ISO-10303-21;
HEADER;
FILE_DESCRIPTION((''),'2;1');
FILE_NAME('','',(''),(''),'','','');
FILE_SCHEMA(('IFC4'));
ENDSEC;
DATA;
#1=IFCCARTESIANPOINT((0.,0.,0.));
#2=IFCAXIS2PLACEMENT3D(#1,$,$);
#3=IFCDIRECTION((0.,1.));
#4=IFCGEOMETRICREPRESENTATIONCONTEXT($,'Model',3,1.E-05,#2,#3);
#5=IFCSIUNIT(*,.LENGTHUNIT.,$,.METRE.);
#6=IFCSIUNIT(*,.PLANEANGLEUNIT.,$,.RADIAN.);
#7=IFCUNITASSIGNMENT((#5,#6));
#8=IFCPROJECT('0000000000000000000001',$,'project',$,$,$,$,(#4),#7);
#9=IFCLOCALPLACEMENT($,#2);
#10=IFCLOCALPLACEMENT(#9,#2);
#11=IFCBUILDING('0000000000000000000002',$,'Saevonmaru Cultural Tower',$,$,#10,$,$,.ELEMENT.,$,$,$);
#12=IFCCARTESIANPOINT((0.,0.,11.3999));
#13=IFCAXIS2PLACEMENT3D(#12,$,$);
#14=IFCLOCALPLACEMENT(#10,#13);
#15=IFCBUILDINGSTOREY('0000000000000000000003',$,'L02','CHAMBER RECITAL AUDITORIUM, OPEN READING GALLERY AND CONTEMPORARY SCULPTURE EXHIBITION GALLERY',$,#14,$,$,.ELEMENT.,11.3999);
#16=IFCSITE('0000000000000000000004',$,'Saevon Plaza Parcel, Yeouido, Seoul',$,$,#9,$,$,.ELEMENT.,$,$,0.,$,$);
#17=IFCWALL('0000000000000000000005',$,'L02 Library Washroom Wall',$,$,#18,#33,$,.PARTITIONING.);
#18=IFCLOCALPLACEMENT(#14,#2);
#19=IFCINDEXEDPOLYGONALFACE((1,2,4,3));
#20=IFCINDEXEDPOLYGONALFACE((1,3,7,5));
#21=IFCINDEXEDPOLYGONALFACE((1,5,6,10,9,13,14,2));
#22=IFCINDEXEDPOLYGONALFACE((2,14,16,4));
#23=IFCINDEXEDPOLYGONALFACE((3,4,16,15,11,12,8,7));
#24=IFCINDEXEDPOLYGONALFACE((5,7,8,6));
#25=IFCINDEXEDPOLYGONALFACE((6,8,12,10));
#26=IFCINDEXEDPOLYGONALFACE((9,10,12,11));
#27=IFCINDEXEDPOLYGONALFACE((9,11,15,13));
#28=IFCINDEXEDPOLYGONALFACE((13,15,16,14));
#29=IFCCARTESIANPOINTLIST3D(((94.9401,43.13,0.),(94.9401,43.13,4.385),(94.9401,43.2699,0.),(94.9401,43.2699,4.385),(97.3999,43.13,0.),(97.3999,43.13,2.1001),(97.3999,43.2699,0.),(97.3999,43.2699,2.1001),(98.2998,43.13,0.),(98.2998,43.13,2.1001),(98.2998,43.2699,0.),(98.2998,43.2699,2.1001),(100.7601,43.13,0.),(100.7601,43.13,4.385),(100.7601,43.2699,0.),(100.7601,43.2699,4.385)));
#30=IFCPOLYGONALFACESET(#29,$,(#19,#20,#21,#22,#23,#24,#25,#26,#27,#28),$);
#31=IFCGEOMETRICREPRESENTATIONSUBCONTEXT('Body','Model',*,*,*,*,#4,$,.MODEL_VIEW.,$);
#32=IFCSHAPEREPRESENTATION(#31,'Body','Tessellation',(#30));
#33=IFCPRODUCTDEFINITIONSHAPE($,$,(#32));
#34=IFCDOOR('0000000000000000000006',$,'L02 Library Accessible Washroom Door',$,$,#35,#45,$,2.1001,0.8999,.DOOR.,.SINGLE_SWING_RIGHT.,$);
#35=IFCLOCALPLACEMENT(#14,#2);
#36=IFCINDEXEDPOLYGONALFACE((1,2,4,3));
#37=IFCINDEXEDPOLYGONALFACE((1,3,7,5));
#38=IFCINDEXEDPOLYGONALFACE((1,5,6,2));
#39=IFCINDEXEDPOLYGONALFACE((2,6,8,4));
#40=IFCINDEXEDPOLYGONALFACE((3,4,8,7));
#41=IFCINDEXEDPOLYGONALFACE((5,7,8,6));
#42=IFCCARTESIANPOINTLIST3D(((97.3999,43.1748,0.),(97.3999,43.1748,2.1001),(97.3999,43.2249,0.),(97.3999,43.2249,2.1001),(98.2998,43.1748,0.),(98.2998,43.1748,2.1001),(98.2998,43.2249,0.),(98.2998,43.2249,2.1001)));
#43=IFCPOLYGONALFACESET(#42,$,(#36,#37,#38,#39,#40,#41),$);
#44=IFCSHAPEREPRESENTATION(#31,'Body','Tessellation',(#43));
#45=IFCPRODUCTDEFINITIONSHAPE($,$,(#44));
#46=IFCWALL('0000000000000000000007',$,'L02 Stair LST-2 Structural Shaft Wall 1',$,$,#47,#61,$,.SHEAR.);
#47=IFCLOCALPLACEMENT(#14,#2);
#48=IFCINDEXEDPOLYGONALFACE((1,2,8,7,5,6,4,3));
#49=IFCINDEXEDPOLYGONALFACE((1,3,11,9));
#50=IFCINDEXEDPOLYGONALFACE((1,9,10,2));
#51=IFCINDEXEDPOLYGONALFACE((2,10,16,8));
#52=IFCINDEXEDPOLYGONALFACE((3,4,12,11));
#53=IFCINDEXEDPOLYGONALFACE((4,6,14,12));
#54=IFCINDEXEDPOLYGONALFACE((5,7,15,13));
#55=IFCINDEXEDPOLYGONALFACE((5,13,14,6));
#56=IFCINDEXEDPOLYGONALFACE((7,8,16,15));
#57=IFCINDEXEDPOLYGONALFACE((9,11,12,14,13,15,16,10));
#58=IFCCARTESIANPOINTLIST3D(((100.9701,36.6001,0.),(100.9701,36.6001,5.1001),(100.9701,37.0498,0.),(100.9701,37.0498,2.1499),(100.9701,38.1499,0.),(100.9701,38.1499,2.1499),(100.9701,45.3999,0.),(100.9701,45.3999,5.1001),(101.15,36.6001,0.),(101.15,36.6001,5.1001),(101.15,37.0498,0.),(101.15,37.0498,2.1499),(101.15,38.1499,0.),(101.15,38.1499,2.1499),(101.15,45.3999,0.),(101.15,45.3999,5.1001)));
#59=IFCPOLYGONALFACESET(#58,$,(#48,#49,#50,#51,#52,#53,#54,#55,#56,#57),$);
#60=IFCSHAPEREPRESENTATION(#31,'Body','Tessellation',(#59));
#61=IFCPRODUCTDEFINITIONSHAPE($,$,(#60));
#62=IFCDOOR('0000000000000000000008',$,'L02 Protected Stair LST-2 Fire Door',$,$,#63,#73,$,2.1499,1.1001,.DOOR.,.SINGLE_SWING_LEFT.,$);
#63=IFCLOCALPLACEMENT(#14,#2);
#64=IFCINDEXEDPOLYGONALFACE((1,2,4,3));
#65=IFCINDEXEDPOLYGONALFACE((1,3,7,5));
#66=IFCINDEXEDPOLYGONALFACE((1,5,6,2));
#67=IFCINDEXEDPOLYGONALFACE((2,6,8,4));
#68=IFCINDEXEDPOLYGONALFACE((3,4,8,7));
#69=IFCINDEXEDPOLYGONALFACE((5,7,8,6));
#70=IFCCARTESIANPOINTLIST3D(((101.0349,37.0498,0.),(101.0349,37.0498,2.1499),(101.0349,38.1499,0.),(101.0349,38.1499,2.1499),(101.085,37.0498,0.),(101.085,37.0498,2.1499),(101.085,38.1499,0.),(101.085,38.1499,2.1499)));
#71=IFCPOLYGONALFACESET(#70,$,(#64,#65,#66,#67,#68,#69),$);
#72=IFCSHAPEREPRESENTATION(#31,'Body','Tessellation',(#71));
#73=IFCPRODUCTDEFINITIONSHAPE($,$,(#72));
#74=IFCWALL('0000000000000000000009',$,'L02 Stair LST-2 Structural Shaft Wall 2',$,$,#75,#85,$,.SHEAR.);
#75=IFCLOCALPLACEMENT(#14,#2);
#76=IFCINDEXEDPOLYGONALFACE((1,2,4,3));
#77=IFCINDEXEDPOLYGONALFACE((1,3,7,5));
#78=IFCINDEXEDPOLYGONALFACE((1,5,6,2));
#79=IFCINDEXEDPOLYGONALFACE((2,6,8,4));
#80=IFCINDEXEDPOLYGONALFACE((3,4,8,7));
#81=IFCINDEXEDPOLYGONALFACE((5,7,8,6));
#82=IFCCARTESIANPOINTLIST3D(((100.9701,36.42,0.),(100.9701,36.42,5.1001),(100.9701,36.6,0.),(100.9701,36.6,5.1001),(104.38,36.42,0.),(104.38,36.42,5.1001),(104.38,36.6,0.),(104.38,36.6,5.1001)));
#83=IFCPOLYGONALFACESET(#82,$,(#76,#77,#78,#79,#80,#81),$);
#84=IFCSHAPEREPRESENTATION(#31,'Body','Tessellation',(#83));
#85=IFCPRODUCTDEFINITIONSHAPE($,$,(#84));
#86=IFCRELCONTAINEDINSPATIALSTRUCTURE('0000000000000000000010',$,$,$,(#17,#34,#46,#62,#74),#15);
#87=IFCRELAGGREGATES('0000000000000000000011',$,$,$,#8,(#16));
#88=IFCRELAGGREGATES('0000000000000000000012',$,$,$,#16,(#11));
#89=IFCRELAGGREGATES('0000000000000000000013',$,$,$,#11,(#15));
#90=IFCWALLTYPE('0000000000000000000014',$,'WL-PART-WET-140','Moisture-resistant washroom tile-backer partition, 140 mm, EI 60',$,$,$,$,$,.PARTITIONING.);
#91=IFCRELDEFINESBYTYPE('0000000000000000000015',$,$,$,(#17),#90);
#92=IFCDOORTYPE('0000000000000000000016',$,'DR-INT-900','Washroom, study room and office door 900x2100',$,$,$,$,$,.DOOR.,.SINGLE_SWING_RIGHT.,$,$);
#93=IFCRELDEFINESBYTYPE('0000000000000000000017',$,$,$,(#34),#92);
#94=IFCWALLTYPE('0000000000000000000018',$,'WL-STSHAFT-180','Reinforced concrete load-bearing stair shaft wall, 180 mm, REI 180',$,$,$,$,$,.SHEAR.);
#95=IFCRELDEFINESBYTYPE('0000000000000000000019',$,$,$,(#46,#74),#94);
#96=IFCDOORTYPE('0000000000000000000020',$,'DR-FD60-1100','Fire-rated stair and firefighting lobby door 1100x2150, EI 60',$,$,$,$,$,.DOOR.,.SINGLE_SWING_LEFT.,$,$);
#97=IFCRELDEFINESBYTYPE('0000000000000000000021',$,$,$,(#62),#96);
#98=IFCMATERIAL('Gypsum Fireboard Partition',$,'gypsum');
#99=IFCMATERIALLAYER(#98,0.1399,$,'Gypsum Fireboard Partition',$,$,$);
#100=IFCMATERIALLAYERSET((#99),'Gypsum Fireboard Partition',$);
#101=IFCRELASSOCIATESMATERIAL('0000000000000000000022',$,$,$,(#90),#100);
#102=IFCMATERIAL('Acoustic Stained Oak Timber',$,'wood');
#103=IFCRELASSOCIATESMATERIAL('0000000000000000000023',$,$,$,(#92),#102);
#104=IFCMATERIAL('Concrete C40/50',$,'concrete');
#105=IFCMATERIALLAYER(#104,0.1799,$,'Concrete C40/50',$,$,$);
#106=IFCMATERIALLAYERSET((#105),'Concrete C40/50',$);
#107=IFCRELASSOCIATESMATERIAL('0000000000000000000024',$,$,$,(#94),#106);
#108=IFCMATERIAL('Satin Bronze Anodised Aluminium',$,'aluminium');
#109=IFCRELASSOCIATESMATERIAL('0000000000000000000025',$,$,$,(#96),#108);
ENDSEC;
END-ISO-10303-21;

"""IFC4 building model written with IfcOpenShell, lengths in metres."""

from ifc_helpers import new_model, si_unit, direction, frame, frame_2d, origin, place, context, subcontext, project, spatial, rectangle, extrude, material, layer, layer_set, type_object, element, fill, save


model = new_model("IFC4")

# Units and contexts
model_context = context("Model", 3, precision=1e-05, world=origin(), true_north=direction((0.0, 1.0)))
body_context = subcontext(model_context, "Body", "Model", "MODEL_VIEW")
ifc_project = project(units=[si_unit("LENGTHUNIT", "METRE"), si_unit("PLANEANGLEUNIT", "RADIAN")], contexts=[model_context])

# Site, building, storey
site_placement = place(None, origin())
site = spatial("IfcSite", under=ifc_project, at=site_placement, Name="Saevon Plaza Parcel, Yeouido, Seoul", CompositionType="ELEMENT", RefElevation=0.0)
building_placement = place(site_placement, origin())
building = spatial("IfcBuilding", under=site, at=building_placement, Name="Saevonmaru Cultural Tower", CompositionType="ELEMENT")
storey_placement = place(building_placement, frame((0.0, 0.0, 11.3999)))
storey = spatial("IfcBuildingStorey", under=building, at=storey_placement, Name="L02", Description="CHAMBER RECITAL AUDITORIUM, OPEN READING GALLERY AND CONTEMPORARY SCULPTURE EXHIBITION GALLERY", CompositionType="ELEMENT", Elevation=11.3999)

# Shared definitions
ifc_material_1 = material(Name="Gypsum Fireboard Partition", Category="gypsum")
ifc_material_2 = material(Name="Satin Bronze Anodised Aluminium", Category="aluminium")

# Shared definitions
ifc_layer_1 = layer(ifc_material_1, 0.1399, Name="Gypsum Fireboard Partition")
ifc_layer_set_1 = layer_set([ifc_layer_1], Name="Gypsum Fireboard Partition")
wall_type_1 = type_object("IfcWallType", Name="WL-PART-WET-140", Description="Moisture-resistant washroom tile-backer partition, 140 mm, EI 60", PredefinedType="PARTITIONING", material=ifc_layer_set_1)

# Walls, openings, doors
wall_1_placement = place(storey_placement, frame((94.9399, 43.2, 0.0), z_axis=(0.0, 0.0, 1.0), x_axis=(1.0, 0.0, 0.0)))
wall_1 = element("IfcWall", 1, at=wall_1_placement, inside=storey, type_object=wall_type_1, Name="L02 Library Washroom Wall", PredefinedType="PARTITIONING", context=body_context, shape_type="SweptSolid", body=[
    extrude(rectangle(XDim=5.8201, YDim=0.1399, at=frame_2d((2.9102, 0.0))), origin(), (0.0, 0.0, 1.0), 4.385),
])
opening_1_placement = place(wall_1_placement, frame((2.46, 0.0, 0.0)))
opening_1 = element("IfcOpeningElement", 2, at=opening_1_placement, cuts=wall_1, PredefinedType="OPENING", context=body_context, shape_type="SweptSolid", body=[
    extrude(rectangle(XDim=0.8999, YDim=2.1001, at=frame_2d((0.45, 1.05))), frame((0.0, 0.0801, 0.0), z_axis=(0.0, -1.0, 0.0), x_axis=(1.0, 0.0, 0.0)), (0.0, 0.0, 1.0), 0.1599),
])
ifc_material_3 = material(Name="Acoustic Stained Oak Timber", Category="wood")
door_type_1 = type_object("IfcDoorType", Name="DR-INT-900", Description="Washroom, study room and office door 900x2100", OperationType="SINGLE_SWING_RIGHT", PredefinedType="DOOR", material=ifc_material_3)
door_1_placement = place(opening_1_placement, origin())
door_1 = element("IfcDoor", 3, at=door_1_placement, inside=storey, type_object=door_type_1, Name="L02 Library Accessible Washroom Door", OperationType="SINGLE_SWING_RIGHT", OverallHeight=2.1001, OverallWidth=0.8999, PredefinedType="DOOR", context=body_context, shape_type="SweptSolid", body=[
    extrude(rectangle(XDim=0.8999, YDim=2.1001, at=frame_2d((0.45, 1.05))), frame((0.0, 0.0249, 0.0), z_axis=(0.0, -1.0, 0.0), x_axis=(1.0, 0.0, 0.0)), (0.0, 0.0, 1.0), 0.05),
])
fill(opening_1, door_1)
ifc_material_4 = material(Name="Concrete C40/50", Category="concrete")
ifc_layer_2 = layer(ifc_material_4, 0.1799, Name="Concrete C40/50")
ifc_layer_set_2 = layer_set([ifc_layer_2], Name="Concrete C40/50")
wall_type_2 = type_object("IfcWallType", Name="WL-STSHAFT-180", Description="Reinforced concrete load-bearing stair shaft wall, 180 mm, REI 180", PredefinedType="SHEAR", material=ifc_layer_set_2)
wall_2_placement = place(storey_placement, frame((101.0601, 45.3999, 0.0), z_axis=(0.0, 0.0, 1.0), x_axis=(0.0, -1.0, 0.0)))
wall_2 = element("IfcWall", 4, at=wall_2_placement, inside=storey, type_object=wall_type_2, Name="L02 Stair LST-2 Structural Shaft Wall 1", PredefinedType="SHEAR", context=body_context, shape_type="SweptSolid", body=[
    extrude(rectangle(XDim=8.7998, YDim=0.1799, at=frame_2d((4.3999, 0.0))), origin(), (0.0, 0.0, 1.0), 5.1001),
])
opening_2_placement = place(wall_2_placement, frame((7.25, 0.0, 0.0)))
opening_2 = element("IfcOpeningElement", 5, at=opening_2_placement, cuts=wall_2, PredefinedType="OPENING", context=body_context, shape_type="SweptSolid", body=[
    extrude(rectangle(XDim=1.1001, YDim=2.1499, at=frame_2d((0.55, 1.075))), frame((0.0, 0.1001, 0.0), z_axis=(0.0, -1.0, 0.0), x_axis=(1.0, 0.0, 0.0)), (0.0, 0.0, 1.0), 0.2),
])
door_type_2 = type_object("IfcDoorType", Name="DR-FD60-1100", Description="Fire-rated stair and firefighting lobby door 1100x2150, EI 60", OperationType="SINGLE_SWING_LEFT", PredefinedType="DOOR", material=ifc_material_2)
door_2_placement = place(opening_2_placement, origin())
door_2 = element("IfcDoor", 6, at=door_2_placement, inside=storey, type_object=door_type_2, Name="L02 Protected Stair LST-2 Fire Door", OperationType="SINGLE_SWING_LEFT", OverallHeight=2.1499, OverallWidth=1.1001, PredefinedType="DOOR", context=body_context, shape_type="SweptSolid", body=[
    extrude(rectangle(XDim=1.1001, YDim=2.1499, at=frame_2d((0.55, 1.075))), frame((0.0, 0.0249, 0.0), z_axis=(0.0, -1.0, 0.0), x_axis=(1.0, 0.0, 0.0)), (0.0, 0.0, 1.0), 0.05),
])
fill(opening_2, door_2)

# Wall
wall_3_placement = place(storey_placement, frame((100.97, 36.51, 0.0), z_axis=(0.0, 0.0, 1.0), x_axis=(1.0, 0.0, 0.0)))
element("IfcWall", 7, at=wall_3_placement, inside=storey, type_object=wall_type_2, Name="L02 Stair LST-2 Structural Shaft Wall 2", PredefinedType="SHEAR", context=body_context, shape_type="SweptSolid", body=[
    extrude(rectangle(XDim=3.4099, YDim=0.1799, at=frame_2d((1.7051, 0.0))), origin(), (0.0, 0.0, 1.0), 5.1001),
])

save(model, "model.ifc")
